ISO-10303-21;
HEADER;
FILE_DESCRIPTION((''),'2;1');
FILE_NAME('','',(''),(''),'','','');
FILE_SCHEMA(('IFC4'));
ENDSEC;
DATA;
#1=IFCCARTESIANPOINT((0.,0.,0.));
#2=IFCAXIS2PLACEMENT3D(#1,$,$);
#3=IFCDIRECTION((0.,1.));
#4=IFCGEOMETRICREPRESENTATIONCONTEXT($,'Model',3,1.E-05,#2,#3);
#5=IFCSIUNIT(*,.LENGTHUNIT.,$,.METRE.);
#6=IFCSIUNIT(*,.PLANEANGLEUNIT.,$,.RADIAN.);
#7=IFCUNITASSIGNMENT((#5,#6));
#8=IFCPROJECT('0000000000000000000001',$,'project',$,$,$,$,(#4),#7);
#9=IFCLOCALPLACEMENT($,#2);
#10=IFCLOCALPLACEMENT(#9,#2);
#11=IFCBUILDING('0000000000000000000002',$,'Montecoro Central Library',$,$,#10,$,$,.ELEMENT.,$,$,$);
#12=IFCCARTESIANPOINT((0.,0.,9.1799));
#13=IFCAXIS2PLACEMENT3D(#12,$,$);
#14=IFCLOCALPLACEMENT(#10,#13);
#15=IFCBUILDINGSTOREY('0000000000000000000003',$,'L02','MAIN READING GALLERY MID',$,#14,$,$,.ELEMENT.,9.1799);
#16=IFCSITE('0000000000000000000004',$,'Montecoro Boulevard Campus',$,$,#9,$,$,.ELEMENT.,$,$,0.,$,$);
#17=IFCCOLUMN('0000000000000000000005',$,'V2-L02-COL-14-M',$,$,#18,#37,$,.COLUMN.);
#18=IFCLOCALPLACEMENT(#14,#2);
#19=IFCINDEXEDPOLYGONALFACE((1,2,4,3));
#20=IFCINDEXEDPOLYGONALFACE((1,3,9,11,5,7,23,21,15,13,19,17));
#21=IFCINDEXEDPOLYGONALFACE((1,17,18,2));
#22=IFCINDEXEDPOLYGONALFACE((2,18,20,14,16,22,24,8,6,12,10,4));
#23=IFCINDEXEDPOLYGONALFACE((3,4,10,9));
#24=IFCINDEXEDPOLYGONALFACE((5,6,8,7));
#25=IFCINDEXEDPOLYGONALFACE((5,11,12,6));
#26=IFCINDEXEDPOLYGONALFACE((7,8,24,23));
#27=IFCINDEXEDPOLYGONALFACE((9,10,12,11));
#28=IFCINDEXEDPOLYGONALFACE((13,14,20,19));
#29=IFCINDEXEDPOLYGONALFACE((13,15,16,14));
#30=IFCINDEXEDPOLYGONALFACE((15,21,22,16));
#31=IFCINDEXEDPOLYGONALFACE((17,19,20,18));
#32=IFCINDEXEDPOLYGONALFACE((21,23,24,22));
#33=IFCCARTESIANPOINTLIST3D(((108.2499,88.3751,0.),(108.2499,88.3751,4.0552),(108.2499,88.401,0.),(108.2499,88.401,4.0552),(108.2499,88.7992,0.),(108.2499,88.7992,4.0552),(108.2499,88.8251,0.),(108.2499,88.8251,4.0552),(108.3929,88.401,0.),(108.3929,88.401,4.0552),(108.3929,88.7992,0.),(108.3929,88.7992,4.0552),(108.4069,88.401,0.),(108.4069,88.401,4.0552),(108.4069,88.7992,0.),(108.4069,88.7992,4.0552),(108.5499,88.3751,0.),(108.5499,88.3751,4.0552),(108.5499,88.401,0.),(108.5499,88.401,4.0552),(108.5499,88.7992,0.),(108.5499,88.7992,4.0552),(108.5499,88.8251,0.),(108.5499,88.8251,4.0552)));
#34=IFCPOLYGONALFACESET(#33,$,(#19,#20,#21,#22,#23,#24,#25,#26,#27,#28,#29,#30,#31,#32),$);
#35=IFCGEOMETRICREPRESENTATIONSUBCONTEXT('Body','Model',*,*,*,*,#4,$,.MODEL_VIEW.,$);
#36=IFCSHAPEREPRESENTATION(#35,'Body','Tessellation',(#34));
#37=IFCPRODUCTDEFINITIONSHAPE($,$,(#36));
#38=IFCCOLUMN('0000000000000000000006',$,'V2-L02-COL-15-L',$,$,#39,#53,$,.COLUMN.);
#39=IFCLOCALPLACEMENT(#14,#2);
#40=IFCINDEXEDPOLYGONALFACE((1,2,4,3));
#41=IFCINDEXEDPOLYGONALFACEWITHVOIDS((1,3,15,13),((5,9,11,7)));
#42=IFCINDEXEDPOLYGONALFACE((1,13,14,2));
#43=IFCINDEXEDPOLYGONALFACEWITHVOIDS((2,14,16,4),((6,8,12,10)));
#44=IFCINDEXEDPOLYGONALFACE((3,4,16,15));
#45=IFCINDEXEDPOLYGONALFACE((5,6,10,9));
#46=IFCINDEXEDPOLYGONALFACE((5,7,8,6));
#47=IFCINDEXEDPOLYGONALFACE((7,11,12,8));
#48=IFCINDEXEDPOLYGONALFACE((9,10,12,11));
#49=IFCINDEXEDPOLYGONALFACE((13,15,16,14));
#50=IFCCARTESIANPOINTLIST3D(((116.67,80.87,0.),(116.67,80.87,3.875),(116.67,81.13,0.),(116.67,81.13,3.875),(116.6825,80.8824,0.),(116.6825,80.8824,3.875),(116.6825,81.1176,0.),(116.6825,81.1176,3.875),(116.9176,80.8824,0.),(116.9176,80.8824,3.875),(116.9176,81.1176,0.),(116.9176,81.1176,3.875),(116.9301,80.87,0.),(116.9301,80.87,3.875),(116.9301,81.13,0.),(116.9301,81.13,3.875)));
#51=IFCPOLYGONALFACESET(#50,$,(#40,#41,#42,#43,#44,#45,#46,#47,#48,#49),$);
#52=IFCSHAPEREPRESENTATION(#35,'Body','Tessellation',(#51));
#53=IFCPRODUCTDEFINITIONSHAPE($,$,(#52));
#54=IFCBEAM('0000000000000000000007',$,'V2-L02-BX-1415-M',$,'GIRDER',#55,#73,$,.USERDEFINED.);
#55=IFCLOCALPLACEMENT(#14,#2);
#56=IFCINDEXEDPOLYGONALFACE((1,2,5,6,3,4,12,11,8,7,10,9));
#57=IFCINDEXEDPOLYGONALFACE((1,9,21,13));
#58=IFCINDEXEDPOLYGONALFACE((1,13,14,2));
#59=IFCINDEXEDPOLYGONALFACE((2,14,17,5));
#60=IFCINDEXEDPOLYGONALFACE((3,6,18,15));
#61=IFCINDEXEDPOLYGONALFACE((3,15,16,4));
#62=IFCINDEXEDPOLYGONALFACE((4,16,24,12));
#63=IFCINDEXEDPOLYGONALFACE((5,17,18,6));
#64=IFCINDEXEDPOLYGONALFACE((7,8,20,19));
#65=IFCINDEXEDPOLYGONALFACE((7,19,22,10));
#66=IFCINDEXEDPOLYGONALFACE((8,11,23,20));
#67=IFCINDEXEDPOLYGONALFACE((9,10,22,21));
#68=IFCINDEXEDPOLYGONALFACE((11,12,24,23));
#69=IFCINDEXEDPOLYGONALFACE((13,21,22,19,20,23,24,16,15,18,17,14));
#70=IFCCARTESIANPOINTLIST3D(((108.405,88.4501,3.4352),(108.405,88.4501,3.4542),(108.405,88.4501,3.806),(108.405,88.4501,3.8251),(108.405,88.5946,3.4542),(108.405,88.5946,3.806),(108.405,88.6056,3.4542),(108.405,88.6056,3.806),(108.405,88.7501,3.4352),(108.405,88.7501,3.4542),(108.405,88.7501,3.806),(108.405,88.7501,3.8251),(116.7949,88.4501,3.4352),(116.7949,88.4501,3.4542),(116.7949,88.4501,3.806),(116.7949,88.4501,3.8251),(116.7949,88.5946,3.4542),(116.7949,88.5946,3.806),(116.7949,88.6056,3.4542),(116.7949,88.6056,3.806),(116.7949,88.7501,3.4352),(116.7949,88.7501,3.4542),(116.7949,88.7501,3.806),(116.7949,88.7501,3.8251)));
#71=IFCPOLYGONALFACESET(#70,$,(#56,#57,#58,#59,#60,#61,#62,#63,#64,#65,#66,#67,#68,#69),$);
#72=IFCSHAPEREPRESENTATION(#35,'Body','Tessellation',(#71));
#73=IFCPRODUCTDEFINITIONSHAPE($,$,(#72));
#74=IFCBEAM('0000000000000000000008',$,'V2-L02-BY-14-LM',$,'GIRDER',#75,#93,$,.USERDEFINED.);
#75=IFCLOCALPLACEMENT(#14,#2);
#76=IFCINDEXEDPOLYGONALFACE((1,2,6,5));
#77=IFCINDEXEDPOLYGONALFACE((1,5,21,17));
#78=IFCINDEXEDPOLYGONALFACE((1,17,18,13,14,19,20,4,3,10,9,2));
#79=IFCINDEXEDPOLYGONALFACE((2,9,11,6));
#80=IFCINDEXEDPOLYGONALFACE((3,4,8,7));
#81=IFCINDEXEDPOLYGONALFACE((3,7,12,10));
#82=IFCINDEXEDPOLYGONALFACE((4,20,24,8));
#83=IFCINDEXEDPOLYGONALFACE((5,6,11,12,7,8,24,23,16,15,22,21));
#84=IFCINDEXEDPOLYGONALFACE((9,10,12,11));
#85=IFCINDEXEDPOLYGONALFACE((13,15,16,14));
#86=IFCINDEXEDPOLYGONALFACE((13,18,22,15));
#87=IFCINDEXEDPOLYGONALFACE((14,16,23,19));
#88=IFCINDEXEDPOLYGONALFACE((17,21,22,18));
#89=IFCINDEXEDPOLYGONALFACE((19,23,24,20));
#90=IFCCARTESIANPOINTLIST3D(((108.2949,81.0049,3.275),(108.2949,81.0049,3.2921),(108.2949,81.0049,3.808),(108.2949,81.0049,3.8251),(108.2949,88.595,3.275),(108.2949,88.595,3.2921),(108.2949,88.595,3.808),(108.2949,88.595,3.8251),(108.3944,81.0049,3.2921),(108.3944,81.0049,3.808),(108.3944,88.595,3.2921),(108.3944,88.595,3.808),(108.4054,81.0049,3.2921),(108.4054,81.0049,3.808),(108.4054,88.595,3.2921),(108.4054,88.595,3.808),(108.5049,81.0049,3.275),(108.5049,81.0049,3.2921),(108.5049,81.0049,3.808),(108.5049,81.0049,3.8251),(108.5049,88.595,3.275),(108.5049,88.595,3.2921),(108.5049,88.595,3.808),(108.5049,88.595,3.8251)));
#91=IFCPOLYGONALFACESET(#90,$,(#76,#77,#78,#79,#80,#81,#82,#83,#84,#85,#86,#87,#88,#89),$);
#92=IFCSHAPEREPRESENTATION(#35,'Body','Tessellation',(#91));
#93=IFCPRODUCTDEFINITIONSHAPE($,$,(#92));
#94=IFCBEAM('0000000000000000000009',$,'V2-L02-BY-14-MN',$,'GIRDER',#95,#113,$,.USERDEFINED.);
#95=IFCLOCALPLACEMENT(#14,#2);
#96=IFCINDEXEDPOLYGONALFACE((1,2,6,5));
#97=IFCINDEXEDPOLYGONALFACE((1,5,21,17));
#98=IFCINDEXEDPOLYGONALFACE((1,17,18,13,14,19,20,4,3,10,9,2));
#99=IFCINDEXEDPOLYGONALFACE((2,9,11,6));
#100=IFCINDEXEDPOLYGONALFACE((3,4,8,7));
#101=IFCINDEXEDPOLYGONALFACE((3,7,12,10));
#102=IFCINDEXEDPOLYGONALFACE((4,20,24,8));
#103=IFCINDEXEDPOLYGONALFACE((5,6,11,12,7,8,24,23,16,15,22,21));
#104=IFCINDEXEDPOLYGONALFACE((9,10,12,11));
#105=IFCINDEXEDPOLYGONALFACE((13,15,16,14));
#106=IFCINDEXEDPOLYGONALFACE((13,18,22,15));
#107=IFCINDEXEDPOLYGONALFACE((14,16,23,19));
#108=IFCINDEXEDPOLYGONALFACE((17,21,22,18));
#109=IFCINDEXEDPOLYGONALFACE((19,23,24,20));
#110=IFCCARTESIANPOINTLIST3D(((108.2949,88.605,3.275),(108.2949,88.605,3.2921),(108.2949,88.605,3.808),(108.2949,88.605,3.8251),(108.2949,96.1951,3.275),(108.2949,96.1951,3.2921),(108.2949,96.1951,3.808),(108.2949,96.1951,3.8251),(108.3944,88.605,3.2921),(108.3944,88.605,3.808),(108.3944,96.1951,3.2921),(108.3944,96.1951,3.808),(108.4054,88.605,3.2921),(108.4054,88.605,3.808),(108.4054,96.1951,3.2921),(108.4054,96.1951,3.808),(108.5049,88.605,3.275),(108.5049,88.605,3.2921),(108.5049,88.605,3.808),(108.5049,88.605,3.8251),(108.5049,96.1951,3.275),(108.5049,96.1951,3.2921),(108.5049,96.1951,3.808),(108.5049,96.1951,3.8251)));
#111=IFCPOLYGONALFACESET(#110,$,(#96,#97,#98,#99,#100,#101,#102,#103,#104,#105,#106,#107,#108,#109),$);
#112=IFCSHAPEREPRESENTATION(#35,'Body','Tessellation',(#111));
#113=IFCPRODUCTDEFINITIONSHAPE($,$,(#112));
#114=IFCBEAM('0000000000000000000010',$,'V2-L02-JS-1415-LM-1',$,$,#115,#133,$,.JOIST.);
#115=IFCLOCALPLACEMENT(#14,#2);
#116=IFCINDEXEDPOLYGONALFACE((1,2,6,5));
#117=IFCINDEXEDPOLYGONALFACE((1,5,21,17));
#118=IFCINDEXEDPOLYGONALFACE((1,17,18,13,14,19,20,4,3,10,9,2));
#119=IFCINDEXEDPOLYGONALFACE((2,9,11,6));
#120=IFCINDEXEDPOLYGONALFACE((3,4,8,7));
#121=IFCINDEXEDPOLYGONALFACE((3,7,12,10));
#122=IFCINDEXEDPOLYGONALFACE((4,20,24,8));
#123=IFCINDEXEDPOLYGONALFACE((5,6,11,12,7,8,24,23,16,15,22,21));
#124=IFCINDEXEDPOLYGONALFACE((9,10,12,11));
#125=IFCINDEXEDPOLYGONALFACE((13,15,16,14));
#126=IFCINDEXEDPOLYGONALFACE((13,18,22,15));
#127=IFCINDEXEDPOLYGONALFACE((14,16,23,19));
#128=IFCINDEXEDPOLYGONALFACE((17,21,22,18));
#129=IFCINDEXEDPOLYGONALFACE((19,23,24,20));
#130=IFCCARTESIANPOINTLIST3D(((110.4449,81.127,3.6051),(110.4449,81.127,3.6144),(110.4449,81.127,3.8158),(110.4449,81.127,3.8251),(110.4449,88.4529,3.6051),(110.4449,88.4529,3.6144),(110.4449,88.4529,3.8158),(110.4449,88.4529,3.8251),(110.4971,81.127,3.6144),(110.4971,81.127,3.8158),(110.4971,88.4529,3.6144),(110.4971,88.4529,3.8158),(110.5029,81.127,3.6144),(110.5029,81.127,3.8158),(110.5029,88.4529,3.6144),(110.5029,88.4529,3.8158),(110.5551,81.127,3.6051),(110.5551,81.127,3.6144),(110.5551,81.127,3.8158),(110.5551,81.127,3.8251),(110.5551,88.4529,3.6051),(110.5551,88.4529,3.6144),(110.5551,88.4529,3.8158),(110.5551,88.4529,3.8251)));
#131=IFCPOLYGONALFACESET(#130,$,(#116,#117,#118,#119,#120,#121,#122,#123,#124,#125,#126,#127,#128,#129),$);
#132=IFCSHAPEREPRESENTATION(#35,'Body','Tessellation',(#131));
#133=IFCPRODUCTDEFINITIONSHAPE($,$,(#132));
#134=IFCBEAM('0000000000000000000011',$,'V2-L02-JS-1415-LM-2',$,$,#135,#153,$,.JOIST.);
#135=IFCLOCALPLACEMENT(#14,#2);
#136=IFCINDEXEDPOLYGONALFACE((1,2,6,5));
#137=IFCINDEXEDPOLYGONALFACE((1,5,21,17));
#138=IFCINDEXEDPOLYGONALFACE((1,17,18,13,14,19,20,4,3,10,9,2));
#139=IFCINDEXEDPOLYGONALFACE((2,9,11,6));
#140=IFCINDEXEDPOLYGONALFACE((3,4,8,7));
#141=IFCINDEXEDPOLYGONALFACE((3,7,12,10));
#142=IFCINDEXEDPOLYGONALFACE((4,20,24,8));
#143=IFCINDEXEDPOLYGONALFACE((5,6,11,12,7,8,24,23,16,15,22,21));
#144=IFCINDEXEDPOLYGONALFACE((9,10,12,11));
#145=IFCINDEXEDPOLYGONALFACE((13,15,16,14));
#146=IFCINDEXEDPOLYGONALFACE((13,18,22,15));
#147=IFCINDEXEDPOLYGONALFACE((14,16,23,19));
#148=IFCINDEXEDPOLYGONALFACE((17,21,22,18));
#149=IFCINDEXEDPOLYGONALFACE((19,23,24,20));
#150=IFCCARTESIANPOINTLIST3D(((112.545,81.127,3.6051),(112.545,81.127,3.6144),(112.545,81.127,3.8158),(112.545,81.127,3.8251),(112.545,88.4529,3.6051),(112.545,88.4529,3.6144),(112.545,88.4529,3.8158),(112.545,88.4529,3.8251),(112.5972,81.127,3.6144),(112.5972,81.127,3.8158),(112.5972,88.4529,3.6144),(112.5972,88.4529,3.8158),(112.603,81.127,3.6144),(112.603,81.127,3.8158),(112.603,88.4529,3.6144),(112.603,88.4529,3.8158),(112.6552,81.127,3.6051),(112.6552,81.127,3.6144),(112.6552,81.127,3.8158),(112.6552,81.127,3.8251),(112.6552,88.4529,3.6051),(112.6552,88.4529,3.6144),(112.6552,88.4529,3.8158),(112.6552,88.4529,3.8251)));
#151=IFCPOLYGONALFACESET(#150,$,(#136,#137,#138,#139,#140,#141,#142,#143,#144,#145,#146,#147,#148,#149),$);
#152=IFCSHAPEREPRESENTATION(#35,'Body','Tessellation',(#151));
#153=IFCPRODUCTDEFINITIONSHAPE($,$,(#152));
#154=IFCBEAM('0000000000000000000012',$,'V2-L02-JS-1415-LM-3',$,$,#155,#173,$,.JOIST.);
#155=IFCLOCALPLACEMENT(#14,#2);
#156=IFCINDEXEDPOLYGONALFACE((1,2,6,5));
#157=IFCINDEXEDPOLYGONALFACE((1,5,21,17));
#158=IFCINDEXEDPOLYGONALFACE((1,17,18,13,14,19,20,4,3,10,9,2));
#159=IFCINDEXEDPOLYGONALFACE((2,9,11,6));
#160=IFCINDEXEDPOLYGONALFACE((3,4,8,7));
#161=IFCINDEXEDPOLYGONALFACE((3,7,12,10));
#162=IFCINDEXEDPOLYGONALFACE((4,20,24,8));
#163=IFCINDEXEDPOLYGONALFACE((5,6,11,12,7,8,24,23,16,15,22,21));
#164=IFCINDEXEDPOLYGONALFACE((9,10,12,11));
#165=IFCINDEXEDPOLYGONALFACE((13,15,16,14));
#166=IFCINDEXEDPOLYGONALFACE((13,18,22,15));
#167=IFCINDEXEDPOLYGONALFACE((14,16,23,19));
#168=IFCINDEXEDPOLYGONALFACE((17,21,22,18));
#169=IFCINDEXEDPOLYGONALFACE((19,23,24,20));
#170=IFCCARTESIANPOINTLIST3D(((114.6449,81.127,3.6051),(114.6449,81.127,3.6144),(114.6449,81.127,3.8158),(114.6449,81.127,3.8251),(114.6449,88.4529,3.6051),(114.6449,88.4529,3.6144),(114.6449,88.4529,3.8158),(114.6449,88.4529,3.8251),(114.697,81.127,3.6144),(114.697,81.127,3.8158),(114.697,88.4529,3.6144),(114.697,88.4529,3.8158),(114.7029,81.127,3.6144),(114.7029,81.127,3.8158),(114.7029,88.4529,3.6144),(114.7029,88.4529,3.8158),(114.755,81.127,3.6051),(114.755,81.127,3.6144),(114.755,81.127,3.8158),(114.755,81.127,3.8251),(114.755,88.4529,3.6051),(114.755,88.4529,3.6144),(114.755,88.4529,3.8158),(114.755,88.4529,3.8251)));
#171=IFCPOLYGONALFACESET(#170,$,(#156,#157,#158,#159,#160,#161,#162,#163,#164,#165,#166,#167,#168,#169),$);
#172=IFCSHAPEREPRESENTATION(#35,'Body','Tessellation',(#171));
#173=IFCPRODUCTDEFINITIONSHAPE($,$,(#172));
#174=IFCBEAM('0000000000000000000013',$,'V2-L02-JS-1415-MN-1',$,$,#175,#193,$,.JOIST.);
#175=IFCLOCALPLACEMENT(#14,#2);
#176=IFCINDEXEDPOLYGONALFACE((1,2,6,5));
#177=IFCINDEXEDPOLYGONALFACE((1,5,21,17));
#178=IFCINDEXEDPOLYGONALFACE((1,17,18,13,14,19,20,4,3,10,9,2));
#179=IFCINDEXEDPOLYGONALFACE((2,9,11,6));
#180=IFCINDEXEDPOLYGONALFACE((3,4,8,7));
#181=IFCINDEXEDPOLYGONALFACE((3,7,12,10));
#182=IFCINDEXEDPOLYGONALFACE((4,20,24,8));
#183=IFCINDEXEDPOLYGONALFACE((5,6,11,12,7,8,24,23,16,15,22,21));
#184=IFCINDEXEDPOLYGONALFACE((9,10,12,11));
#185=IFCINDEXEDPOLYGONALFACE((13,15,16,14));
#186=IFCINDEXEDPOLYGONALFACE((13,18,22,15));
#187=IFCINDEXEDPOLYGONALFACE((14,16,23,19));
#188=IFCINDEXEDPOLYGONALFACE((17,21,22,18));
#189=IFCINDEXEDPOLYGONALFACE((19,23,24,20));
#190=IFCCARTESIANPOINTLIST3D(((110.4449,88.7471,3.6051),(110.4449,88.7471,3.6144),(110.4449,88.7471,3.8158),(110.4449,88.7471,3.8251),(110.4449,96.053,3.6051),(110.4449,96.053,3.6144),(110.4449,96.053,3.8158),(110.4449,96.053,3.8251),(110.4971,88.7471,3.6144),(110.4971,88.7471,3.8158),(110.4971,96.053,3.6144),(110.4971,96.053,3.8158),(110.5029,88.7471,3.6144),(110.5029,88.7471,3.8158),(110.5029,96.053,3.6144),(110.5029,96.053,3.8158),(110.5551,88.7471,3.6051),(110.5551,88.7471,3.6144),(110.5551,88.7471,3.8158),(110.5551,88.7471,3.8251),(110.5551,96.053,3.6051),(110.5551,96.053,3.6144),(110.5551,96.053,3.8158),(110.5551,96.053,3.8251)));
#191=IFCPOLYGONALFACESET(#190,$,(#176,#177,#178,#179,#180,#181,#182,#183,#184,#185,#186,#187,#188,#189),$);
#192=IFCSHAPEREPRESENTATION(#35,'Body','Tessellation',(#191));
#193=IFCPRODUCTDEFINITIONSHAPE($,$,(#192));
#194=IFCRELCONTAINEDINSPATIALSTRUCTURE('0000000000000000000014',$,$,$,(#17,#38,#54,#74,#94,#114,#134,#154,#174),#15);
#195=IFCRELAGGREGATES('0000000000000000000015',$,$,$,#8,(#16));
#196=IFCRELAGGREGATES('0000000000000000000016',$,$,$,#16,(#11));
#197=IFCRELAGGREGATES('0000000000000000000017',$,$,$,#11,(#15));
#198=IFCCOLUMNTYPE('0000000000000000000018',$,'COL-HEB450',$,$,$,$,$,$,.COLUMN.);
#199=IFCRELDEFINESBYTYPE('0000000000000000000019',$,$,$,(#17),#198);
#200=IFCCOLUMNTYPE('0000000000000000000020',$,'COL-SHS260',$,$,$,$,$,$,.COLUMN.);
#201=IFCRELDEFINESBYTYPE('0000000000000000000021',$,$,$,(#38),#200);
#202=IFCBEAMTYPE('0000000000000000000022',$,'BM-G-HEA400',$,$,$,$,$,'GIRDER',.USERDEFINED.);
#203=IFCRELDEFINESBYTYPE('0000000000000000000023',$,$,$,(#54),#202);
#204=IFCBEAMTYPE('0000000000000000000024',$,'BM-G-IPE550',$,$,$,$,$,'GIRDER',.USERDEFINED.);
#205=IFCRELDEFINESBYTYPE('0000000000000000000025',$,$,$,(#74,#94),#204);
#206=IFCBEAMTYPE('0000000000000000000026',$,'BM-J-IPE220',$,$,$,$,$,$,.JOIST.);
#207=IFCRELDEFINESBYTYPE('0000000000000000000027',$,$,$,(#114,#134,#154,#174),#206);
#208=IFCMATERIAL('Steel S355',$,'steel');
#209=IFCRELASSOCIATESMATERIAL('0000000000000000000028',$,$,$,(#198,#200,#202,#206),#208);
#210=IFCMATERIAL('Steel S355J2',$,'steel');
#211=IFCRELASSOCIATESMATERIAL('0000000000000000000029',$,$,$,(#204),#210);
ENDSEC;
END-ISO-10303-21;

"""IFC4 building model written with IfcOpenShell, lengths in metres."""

from ifc_helpers import new_model, si_unit, direction, frame, origin, origin_2d, place, context, subcontext, project, spatial, hollow_rectangle, i_section, extrude, material, material_profile, profile_set, type_object, element, save


model = new_model("IFC4")

# Units and contexts
model_context = context("Model", 3, precision=1e-05, world=origin(), true_north=direction((0.0, 1.0)))
body_context = subcontext(model_context, "Body", "Model", "MODEL_VIEW")
ifc_project = project(units=[si_unit("LENGTHUNIT", "METRE"), si_unit("PLANEANGLEUNIT", "RADIAN")], contexts=[model_context])

# Site, building, storey
site_placement = place(None, origin())
site = spatial("IfcSite", under=ifc_project, at=site_placement, Name="Montecoro Boulevard Campus", CompositionType="ELEMENT", RefElevation=0.0)
building_placement = place(site_placement, origin())
building = spatial("IfcBuilding", under=site, at=building_placement, Name="Montecoro Central Library", CompositionType="ELEMENT")
storey_placement = place(building_placement, frame((0.0, 0.0, 9.1799)))
storey = spatial("IfcBuildingStorey", under=building, at=storey_placement, Name="L02", Description="MAIN READING GALLERY MID", CompositionType="ELEMENT", Elevation=9.1799)

# Columns
ifc_material_1 = material(Name="Steel S355", Category="steel")
ifc_material_profile_1 = material_profile(ifc_material_1, i_section(OverallWidth=0.3, OverallDepth=0.45, WebThickness=0.0139, FlangeThickness=0.0259, at=origin_2d()), Name="HEB 450")
ifc_profile_set_1 = profile_set([ifc_material_profile_1], Name="Steel S355")
column_type_1 = type_object("IfcColumnType", Name="COL-HEB450", PredefinedType="COLUMN", material=ifc_profile_set_1)
column_1_placement = place(storey_placement, frame((108.3999, 88.6001, 0.0), z_axis=(0.0, 0.0, 1.0), x_axis=(1.0, 0.0, 0.0)))
element("IfcColumn", 1, at=column_1_placement, inside=storey, type_object=column_type_1, Name="V2-L02-COL-14-M", PredefinedType="COLUMN", context=body_context, shape_type="SweptSolid", body=[
    extrude(i_section(OverallWidth=0.3, OverallDepth=0.45, WebThickness=0.0139, FlangeThickness=0.0259, at=origin_2d()), origin(), (0.0, 0.0, 1.0), 4.0552),
])
ifc_material_profile_2 = material_profile(ifc_material_1, hollow_rectangle(XDim=0.26, YDim=0.26, WallThickness=0.0125, at=origin_2d()), Name="SHS 260x260x12.5")
ifc_profile_set_2 = profile_set([ifc_material_profile_2], Name="Steel S355")
column_type_2 = type_object("IfcColumnType", Name="COL-SHS260", PredefinedType="COLUMN", material=ifc_profile_set_2)
column_2_placement = place(storey_placement, frame((116.8, 81.0, 0.0), z_axis=(0.0, 0.0, 1.0), x_axis=(1.0, 0.0, 0.0)))
element("IfcColumn", 2, at=column_2_placement, inside=storey, type_object=column_type_2, Name="V2-L02-COL-15-L", PredefinedType="COLUMN", context=body_context, shape_type="SweptSolid", body=[
    extrude(hollow_rectangle(XDim=0.26, YDim=0.26, WallThickness=0.0125, at=origin_2d()), origin(), (0.0, 0.0, 1.0), 3.875),
])

# Beams
ifc_material_profile_3 = material_profile(ifc_material_1, i_section(OverallWidth=0.3, OverallDepth=0.3899, WebThickness=0.011, FlangeThickness=0.019, at=origin_2d()), Name="HEA 400")
ifc_profile_set_3 = profile_set([ifc_material_profile_3], Name="Steel S355")
beam_type_1 = type_object("IfcBeamType", Name="BM-G-HEA400", ElementType="GIRDER", PredefinedType="USERDEFINED", material=ifc_profile_set_3)
beam_1_placement = place(storey_placement, frame((108.405, 88.6001, 3.6301), z_axis=(1.0, 0.0, 0.0), x_axis=(0.0, 1.0, 0.0)))
element("IfcBeam", 3, at=beam_1_placement, inside=storey, type_object=beam_type_1, Name="V2-L02-BX-1415-M", ObjectType="GIRDER", PredefinedType="USERDEFINED", context=body_context, shape_type="SweptSolid", body=[
    extrude(i_section(OverallWidth=0.3, OverallDepth=0.3899, WebThickness=0.011, FlangeThickness=0.019, at=origin_2d()), origin(), (0.0, 0.0, 1.0), 8.3899),
])
ifc_material_2 = material(Name="Steel S355J2", Category="steel")
ifc_material_profile_4 = material_profile(ifc_material_2, i_section(OverallWidth=0.21, OverallDepth=0.55, WebThickness=0.011, FlangeThickness=0.0171, at=origin_2d()), Name="IPE 550")
ifc_profile_set_4 = profile_set([ifc_material_profile_4], Name="Steel S355J2")
beam_type_2 = type_object("IfcBeamType", Name="BM-G-IPE550", ElementType="GIRDER", PredefinedType="USERDEFINED", material=ifc_profile_set_4)
for number, where, z_axis, x_axis, name in (
    (4, (108.3999, 81.0049, 3.55), (0.0, 1.0, 0.0), (-1.0, 0.0, 0.0), "V2-L02-BY-14-LM"),
    (5, (108.3999, 88.605, 3.55), (0.0, 1.0, 0.0), (-1.0, 0.0, 0.0), "V2-L02-BY-14-MN"),
):
    element("IfcBeam", number, at=place(storey_placement, frame(where, z_axis=z_axis, x_axis=x_axis)), inside=storey, type_object=beam_type_2, Name=name, ObjectType="GIRDER", PredefinedType="USERDEFINED", context=body_context, shape_type="SweptSolid", body=[
        extrude(i_section(OverallWidth=0.21, OverallDepth=0.55, WebThickness=0.011, FlangeThickness=0.0171, at=origin_2d()), origin(), (0.0, 0.0, 1.0), 7.5901),
    ])
ifc_material_profile_5 = material_profile(ifc_material_1, i_section(OverallWidth=0.1101, OverallDepth=0.22, WebThickness=0.0059, FlangeThickness=0.0093, at=origin_2d()), Name="IPE 220")
ifc_profile_set_5 = profile_set([ifc_material_profile_5], Name="Steel S355")
beam_type_3 = type_object("IfcBeamType", Name="BM-J-IPE220", PredefinedType="JOIST", material=ifc_profile_set_5)
for number, where, z_axis, x_axis, name in (
    (6, (110.5, 81.127, 3.7151), (0.0, 1.0, 0.0), (-1.0, 0.0, 0.0), "V2-L02-JS-1415-LM-1"),
    (7, (112.6001, 81.127, 3.7151), (0.0, 1.0, 0.0), (-1.0, 0.0, 0.0), "V2-L02-JS-1415-LM-2"),
    (8, (114.7, 81.127, 3.7151), (0.0, 1.0, 0.0), (-1.0, 0.0, 0.0), "V2-L02-JS-1415-LM-3"),
):
    element("IfcBeam", number, at=place(storey_placement, frame(where, z_axis=z_axis, x_axis=x_axis)), inside=storey, type_object=beam_type_3, Name=name, PredefinedType="JOIST", context=body_context, shape_type="SweptSolid", body=[
        extrude(i_section(OverallWidth=0.1101, OverallDepth=0.22, WebThickness=0.0059, FlangeThickness=0.0093, at=origin_2d()), origin(), (0.0, 0.0, 1.0), 7.3259),
    ])
beam_2_placement = place(storey_placement, frame((110.5, 88.7471, 3.7151), z_axis=(0.0, 1.0, 0.0), x_axis=(-1.0, 0.0, 0.0)))
element("IfcBeam", 9, at=beam_2_placement, inside=storey, type_object=beam_type_3, Name="V2-L02-JS-1415-MN-1", PredefinedType="JOIST", context=body_context, shape_type="SweptSolid", body=[
    extrude(i_section(OverallWidth=0.1101, OverallDepth=0.22, WebThickness=0.0059, FlangeThickness=0.0093, at=origin_2d()), origin(), (0.0, 0.0, 1.0), 7.3059),
])

save(model, "model.ifc")
